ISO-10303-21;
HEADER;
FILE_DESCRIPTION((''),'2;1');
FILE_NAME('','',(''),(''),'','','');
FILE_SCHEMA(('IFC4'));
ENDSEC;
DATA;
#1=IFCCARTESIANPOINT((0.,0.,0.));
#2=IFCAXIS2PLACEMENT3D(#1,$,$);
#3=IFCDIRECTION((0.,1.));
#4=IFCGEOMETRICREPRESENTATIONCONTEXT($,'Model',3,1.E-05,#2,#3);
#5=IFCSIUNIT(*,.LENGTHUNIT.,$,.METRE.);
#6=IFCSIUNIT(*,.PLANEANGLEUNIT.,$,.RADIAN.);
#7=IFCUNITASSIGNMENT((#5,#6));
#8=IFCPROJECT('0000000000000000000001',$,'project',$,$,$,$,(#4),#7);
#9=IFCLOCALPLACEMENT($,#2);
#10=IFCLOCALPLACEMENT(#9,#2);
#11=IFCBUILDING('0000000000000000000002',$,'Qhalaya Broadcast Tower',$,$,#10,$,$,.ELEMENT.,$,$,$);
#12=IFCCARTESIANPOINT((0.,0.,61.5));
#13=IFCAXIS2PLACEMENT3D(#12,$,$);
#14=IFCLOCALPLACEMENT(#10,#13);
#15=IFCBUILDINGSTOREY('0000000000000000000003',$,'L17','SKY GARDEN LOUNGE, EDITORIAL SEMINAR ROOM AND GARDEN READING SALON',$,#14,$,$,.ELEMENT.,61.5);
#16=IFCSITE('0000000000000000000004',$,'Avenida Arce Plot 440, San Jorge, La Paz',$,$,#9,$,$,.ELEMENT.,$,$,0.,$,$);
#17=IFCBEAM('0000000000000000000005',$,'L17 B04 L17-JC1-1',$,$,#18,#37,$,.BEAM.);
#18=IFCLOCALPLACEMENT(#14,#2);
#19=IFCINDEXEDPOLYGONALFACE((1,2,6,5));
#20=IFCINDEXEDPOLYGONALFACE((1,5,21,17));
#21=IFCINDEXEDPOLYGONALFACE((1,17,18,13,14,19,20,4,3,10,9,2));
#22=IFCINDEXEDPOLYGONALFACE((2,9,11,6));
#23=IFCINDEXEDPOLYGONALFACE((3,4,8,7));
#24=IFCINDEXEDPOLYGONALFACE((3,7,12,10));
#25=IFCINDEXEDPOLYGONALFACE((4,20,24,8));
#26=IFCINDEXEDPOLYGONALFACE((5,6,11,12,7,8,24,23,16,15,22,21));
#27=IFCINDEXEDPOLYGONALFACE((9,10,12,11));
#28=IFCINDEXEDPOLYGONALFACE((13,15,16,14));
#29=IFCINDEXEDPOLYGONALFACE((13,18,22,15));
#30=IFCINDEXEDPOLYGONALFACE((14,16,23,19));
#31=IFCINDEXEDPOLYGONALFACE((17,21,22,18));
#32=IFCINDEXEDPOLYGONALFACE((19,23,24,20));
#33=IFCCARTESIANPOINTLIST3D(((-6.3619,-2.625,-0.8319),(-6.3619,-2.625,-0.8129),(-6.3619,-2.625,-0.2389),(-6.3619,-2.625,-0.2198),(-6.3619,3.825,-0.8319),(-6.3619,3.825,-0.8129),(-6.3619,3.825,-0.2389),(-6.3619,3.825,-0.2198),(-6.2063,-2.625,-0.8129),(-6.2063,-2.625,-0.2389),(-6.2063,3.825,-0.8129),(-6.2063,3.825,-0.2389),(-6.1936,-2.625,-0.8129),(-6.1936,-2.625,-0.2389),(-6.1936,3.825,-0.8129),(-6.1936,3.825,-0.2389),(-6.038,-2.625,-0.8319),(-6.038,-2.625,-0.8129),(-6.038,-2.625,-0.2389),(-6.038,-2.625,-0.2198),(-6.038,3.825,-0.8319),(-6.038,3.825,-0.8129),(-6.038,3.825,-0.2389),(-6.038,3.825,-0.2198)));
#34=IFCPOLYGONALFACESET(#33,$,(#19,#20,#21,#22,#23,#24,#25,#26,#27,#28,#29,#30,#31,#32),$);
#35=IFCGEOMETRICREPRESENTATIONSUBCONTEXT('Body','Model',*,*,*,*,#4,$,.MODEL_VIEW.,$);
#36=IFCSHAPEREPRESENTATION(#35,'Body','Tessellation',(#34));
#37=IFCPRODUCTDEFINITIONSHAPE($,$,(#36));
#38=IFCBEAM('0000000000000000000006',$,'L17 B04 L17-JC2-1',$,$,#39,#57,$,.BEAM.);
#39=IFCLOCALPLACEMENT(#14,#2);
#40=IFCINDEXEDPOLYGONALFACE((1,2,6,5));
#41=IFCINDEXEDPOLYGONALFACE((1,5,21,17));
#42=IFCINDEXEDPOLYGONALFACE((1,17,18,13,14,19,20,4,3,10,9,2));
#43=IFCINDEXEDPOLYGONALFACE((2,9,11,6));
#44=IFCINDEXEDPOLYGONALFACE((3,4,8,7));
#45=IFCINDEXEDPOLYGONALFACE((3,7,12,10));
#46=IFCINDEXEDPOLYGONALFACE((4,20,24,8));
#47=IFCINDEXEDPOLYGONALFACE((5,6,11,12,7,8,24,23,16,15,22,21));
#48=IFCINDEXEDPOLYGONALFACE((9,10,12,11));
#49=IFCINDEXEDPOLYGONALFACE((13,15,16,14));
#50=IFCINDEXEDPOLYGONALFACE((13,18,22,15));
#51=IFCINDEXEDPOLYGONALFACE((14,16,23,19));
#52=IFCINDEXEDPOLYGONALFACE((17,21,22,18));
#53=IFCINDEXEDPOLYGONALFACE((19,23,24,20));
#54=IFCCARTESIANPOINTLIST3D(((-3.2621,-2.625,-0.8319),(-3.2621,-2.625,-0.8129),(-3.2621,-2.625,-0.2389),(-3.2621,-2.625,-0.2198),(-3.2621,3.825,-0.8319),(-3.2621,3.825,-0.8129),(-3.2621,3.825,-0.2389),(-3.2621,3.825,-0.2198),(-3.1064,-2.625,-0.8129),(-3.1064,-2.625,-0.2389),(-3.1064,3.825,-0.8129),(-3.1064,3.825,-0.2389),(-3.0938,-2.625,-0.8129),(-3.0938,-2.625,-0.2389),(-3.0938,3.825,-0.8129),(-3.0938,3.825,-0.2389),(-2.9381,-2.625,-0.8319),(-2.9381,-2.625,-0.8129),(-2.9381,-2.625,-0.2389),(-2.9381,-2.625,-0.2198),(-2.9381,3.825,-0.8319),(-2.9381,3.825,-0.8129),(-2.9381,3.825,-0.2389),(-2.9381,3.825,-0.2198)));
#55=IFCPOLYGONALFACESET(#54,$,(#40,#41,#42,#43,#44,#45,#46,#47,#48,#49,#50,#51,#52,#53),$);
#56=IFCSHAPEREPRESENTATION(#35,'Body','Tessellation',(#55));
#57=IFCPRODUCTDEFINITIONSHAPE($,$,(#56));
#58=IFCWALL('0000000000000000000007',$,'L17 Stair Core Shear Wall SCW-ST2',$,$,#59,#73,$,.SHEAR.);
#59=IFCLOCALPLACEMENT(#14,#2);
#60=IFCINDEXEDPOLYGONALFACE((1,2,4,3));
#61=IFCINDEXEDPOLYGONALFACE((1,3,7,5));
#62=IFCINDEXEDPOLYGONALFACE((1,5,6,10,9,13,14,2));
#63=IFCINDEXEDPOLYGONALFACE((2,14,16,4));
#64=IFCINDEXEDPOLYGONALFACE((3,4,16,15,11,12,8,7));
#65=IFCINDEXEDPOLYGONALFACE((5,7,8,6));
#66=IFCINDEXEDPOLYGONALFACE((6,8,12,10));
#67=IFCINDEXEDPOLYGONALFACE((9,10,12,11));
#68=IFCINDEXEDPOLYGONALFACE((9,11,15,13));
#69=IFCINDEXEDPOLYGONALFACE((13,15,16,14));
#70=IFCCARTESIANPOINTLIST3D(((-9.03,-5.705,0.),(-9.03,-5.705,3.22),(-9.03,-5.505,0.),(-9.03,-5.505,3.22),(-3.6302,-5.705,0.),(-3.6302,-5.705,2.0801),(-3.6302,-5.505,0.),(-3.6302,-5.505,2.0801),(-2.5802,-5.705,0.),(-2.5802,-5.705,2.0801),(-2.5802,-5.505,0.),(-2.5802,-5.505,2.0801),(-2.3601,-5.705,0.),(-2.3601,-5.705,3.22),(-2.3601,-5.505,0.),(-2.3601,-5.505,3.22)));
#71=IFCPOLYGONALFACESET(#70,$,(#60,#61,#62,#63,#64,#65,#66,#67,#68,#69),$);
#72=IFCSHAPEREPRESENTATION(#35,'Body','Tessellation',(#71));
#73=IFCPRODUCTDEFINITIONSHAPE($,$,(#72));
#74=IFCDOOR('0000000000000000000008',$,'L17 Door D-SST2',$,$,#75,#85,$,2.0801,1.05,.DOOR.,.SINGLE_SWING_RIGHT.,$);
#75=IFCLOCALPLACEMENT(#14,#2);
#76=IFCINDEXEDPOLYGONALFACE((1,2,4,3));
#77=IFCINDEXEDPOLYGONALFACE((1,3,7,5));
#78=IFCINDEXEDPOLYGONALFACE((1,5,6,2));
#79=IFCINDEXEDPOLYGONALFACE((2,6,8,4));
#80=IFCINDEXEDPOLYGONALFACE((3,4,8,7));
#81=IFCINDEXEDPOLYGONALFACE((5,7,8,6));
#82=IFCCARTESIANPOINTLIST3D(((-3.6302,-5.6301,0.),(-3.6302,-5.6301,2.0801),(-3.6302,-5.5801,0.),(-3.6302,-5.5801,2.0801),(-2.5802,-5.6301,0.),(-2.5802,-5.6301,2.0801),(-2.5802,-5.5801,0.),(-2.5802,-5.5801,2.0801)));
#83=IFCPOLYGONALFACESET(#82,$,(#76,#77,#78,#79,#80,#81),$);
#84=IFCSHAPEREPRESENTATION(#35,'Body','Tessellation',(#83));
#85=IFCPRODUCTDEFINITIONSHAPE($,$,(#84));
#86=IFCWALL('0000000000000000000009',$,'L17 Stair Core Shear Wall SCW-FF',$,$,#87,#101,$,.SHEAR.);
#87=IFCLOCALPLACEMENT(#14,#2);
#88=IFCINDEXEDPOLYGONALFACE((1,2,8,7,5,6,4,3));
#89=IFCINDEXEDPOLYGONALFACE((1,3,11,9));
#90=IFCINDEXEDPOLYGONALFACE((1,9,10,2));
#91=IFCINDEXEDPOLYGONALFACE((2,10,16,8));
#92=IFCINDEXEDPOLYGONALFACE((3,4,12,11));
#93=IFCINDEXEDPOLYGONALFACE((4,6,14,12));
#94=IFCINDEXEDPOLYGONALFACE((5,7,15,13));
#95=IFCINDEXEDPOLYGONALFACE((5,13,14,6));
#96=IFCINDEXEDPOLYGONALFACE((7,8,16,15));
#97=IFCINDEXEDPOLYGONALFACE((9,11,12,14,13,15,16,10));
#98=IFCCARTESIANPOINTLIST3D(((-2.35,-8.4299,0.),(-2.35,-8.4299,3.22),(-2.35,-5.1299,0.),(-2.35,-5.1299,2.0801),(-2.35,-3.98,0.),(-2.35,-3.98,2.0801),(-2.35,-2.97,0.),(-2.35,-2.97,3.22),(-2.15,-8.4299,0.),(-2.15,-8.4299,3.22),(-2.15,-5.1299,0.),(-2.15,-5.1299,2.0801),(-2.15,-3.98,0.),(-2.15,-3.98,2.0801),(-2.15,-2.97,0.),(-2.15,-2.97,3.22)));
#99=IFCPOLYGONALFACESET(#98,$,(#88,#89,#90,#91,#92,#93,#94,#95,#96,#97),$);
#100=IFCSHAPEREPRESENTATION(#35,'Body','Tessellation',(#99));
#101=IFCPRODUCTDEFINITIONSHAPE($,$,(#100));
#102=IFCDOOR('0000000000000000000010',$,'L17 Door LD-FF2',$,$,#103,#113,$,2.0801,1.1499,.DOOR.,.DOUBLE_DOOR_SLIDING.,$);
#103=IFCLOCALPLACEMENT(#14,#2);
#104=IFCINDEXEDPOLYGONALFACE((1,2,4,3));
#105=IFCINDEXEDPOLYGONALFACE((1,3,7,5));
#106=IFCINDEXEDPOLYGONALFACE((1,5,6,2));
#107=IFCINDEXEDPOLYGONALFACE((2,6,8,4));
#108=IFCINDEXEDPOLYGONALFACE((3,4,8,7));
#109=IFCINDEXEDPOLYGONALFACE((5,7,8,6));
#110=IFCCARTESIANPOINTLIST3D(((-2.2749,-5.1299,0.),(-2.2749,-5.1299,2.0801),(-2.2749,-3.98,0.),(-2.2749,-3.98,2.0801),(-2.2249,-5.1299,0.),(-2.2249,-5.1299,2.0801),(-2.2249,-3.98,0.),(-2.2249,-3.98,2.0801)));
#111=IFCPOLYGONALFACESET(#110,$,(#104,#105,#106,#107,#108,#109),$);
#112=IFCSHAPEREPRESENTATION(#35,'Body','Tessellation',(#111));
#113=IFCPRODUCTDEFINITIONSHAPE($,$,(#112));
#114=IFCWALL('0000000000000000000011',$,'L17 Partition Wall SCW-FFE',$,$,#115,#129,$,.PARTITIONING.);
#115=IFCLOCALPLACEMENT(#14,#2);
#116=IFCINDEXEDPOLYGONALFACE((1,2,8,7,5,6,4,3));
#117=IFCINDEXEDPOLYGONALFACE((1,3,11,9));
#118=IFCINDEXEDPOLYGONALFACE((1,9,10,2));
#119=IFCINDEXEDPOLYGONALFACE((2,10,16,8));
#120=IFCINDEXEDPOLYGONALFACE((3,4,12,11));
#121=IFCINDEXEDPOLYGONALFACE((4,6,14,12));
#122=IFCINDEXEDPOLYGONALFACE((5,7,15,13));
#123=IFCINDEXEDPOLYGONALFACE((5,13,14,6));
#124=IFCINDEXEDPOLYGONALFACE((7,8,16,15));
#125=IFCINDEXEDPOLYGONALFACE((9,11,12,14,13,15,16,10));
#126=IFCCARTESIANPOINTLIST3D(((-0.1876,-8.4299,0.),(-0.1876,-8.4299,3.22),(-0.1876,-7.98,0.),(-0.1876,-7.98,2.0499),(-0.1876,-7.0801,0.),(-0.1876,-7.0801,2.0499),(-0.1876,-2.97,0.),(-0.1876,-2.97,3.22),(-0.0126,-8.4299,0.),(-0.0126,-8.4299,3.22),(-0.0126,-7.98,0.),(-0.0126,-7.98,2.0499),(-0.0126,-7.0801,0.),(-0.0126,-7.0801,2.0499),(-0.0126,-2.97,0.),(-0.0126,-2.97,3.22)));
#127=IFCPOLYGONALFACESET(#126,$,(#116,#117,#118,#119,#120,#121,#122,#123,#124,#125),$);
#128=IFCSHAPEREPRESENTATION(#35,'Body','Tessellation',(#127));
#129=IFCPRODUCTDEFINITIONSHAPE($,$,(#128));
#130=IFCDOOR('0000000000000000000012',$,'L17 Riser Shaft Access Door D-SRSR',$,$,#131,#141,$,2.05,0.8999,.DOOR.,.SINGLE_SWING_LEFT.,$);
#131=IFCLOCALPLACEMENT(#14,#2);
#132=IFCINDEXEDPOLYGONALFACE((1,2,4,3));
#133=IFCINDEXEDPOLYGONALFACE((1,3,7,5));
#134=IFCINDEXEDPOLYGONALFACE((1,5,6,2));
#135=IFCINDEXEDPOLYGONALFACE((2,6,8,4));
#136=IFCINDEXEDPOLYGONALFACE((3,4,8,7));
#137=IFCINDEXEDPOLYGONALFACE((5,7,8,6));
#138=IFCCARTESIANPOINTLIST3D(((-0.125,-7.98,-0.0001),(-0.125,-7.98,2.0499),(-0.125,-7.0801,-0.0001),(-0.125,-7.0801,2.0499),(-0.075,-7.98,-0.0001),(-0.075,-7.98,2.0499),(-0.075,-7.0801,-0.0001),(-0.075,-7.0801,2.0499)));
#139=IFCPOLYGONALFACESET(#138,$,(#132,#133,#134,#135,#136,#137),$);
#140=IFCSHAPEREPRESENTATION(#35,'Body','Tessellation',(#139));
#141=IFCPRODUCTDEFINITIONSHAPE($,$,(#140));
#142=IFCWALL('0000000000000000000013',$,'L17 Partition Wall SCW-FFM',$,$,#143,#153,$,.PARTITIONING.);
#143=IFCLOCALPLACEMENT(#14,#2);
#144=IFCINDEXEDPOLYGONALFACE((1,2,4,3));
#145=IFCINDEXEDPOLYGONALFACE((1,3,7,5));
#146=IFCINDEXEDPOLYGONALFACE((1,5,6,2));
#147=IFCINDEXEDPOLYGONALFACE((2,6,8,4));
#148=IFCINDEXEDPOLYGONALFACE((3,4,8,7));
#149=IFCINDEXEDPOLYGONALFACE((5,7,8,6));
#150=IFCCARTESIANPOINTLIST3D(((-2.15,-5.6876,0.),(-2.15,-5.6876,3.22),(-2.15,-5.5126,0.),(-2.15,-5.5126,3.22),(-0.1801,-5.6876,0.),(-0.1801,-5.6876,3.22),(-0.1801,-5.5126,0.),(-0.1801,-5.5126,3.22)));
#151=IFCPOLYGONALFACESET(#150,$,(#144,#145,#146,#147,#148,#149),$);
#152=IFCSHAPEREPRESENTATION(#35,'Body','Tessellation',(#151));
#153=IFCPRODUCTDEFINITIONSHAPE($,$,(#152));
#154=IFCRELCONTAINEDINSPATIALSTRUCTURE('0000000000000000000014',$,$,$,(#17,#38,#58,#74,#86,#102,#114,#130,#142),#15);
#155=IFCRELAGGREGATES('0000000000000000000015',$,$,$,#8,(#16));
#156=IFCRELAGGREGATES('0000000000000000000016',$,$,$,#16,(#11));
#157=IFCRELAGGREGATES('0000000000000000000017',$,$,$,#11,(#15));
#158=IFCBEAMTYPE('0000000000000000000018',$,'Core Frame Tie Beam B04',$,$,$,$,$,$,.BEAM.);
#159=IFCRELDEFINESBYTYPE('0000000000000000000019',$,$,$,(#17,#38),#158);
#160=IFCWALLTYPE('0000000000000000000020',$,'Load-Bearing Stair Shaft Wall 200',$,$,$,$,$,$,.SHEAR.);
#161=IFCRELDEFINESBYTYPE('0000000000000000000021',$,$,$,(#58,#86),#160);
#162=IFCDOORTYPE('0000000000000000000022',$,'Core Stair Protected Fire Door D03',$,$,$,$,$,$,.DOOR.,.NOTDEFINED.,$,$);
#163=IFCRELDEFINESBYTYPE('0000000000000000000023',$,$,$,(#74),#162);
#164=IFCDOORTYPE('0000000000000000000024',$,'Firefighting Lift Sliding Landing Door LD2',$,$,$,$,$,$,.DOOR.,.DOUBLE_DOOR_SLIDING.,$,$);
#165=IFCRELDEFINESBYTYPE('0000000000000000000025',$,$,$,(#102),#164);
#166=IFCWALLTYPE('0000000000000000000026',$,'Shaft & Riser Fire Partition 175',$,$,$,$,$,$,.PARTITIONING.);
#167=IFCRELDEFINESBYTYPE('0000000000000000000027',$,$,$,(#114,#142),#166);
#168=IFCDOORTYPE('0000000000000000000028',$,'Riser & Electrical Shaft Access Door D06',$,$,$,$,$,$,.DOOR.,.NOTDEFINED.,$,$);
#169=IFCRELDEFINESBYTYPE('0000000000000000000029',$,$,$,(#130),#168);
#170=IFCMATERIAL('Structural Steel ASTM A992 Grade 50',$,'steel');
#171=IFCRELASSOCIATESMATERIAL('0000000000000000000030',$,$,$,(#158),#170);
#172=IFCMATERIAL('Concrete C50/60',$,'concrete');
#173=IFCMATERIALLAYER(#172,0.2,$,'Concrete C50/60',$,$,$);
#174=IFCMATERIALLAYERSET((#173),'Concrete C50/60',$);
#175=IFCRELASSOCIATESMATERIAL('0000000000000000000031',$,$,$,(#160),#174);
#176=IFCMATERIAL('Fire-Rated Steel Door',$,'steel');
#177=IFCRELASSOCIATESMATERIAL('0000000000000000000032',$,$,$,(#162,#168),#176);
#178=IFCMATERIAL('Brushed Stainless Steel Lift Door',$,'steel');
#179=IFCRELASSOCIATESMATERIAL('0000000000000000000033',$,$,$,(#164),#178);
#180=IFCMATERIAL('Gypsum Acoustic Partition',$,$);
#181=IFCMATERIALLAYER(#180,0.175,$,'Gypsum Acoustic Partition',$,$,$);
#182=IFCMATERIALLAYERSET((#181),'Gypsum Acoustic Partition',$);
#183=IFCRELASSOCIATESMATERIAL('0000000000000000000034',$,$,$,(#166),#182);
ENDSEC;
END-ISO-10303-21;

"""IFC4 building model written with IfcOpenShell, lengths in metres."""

from ifc_helpers import new_model, si_unit, direction, frame, frame_2d, origin, origin_2d, place, context, subcontext, project, spatial, rectangle, i_section, extrude, material, layer, layer_set, material_profile, profile_set, type_object, element, fill, save


model = new_model("IFC4")

# Units and contexts
model_context = context("Model", 3, precision=1e-05, world=origin(), true_north=direction((0.0, 1.0)))
body_context = subcontext(model_context, "Body", "Model", "MODEL_VIEW")
ifc_project = project(units=[si_unit("LENGTHUNIT", "METRE"), si_unit("PLANEANGLEUNIT", "RADIAN")], contexts=[model_context])

# Site, building, storey
site_placement = place(None, origin())
site = spatial("IfcSite", under=ifc_project, at=site_placement, Name="Avenida Arce Plot 440, San Jorge, La Paz", CompositionType="ELEMENT", RefElevation=0.0)
building_placement = place(site_placement, origin())
building = spatial("IfcBuilding", under=site, at=building_placement, Name="Qhalaya Broadcast Tower", CompositionType="ELEMENT")
storey_placement = place(building_placement, frame((0.0, 0.0, 61.5)))
storey = spatial("IfcBuildingStorey", under=building, at=storey_placement, Name="L17", Description="SKY GARDEN LOUNGE, EDITORIAL SEMINAR ROOM AND GARDEN READING SALON", CompositionType="ELEMENT", Elevation=61.5)

# Beams
ifc_material_1 = material(Name="Structural Steel ASTM A992 Grade 50", Category="steel")
ifc_material_profile = material_profile(ifc_material_1, i_section(OverallWidth=0.324, OverallDepth=0.6121, WebThickness=0.0127, FlangeThickness=0.019, at=origin_2d()), Name="W24X104")
ifc_profile_set = profile_set([ifc_material_profile], Name="Structural Steel ASTM A992 Grade 50")
beam_type = type_object("IfcBeamType", Name="Core Frame Tie Beam B04", PredefinedType="BEAM", material=ifc_profile_set)
for number, where, z_axis, x_axis, name in (
    (1, (-6.2, -2.625, -0.5259), (0.0, 1.0, 0.0), (-1.0, 0.0, 0.0), "L17 B04 L17-JC1-1"),
    (2, (-3.1001, -2.625, -0.5259), (0.0, 1.0, 0.0), (-1.0, 0.0, 0.0), "L17 B04 L17-JC2-1"),
):
    element("IfcBeam", number, at=place(storey_placement, frame(where, z_axis=z_axis, x_axis=x_axis)), inside=storey, type_object=beam_type, Name=name, PredefinedType="BEAM", context=body_context, shape_type="SweptSolid", body=[
        extrude(i_section(OverallWidth=0.324, OverallDepth=0.6121, WebThickness=0.0127, FlangeThickness=0.019, at=origin_2d()), origin(), (0.0, 0.0, 1.0), 6.45),
    ])

# Walls, openings, doors
ifc_material_2 = material(Name="Concrete C50/60", Category="concrete")
ifc_layer_1 = layer(ifc_material_2, 0.2, Name="Concrete C50/60")
ifc_layer_set_1 = layer_set([ifc_layer_1], Name="Concrete C50/60")
wall_type_1 = type_object("IfcWallType", Name="Load-Bearing Stair Shaft Wall 200", PredefinedType="SHEAR", material=ifc_layer_set_1)
wall_1_placement = place(storey_placement, frame((-9.03, -5.605, 0.0), z_axis=(0.0, 0.0, 1.0), x_axis=(1.0, 0.0, 0.0)))
wall_1 = element("IfcWall", 3, at=wall_1_placement, inside=storey, type_object=wall_type_1, Name="L17 Stair Core Shear Wall SCW-ST2", PredefinedType="SHEAR", context=body_context, shape_type="SweptSolid", body=[
    extrude(rectangle(XDim=6.6699, YDim=0.2, at=frame_2d((3.335, 0.0))), origin(), (0.0, 0.0, 1.0), 3.22),
])
opening_1_placement = place(wall_1_placement, frame((5.3999, 0.0, 0.0)))
opening_1 = element("IfcOpeningElement", 4, at=opening_1_placement, cuts=wall_1, PredefinedType="OPENING", context=body_context, shape_type="SweptSolid", body=[
    extrude(rectangle(XDim=1.05, YDim=2.0801, at=frame_2d((0.5249, 1.04))), frame((0.0, 0.1121, 0.0), z_axis=(0.0, -1.0, 0.0), x_axis=(1.0, 0.0, 0.0)), (0.0, 0.0, 1.0), 0.2239),
])
ifc_material_3 = material(Name="Fire-Rated Steel Door", Category="steel")
door_type_1 = type_object("IfcDoorType", Name="Core Stair Protected Fire Door D03", OperationType="NOTDEFINED", PredefinedType="DOOR", material=ifc_material_3)
door_1_placement = place(opening_1_placement, origin())
door_1 = element("IfcDoor", 5, at=door_1_placement, inside=storey, type_object=door_type_1, Name="L17 Door D-SST2", OperationType="SINGLE_SWING_RIGHT", OverallHeight=2.0801, OverallWidth=1.05, PredefinedType="DOOR", context=body_context, shape_type="SweptSolid", body=[
    extrude(rectangle(XDim=1.05, YDim=2.0801, at=frame_2d((0.5249, 1.04))), frame((0.0, 0.0249, 0.0), z_axis=(0.0, -1.0, 0.0), x_axis=(1.0, 0.0, 0.0)), (0.0, 0.0, 1.0), 0.05),
])
fill(opening_1, door_1)
wall_2_placement = place(storey_placement, frame((-2.25, -8.4299, 0.0), z_axis=(0.0, 0.0, 1.0), x_axis=(0.0, 1.0, 0.0)))
wall_2 = element("IfcWall", 6, at=wall_2_placement, inside=storey, type_object=wall_type_1, Name="L17 Stair Core Shear Wall SCW-FF", PredefinedType="SHEAR", context=body_context, shape_type="SweptSolid", body=[
    extrude(rectangle(XDim=5.46, YDim=0.2, at=frame_2d((2.73, 0.0))), origin(), (0.0, 0.0, 1.0), 3.22),
])
opening_2_placement = place(wall_2_placement, frame((3.3, 0.0, 0.0)))
opening_2 = element("IfcOpeningElement", 7, at=opening_2_placement, cuts=wall_2, PredefinedType="OPENING", context=body_context, shape_type="SweptSolid", body=[
    extrude(rectangle(XDim=1.1499, YDim=2.0801, at=frame_2d((0.575, 1.04))), frame((0.0, 0.1121, 0.0), z_axis=(0.0, -1.0, 0.0), x_axis=(1.0, 0.0, 0.0)), (0.0, 0.0, 1.0), 0.2239),
])
ifc_material_4 = material(Name="Brushed Stainless Steel Lift Door", Category="steel")
door_type_2 = type_object("IfcDoorType", Name="Firefighting Lift Sliding Landing Door LD2", OperationType="DOUBLE_DOOR_SLIDING", PredefinedType="DOOR", material=ifc_material_4)
door_2_placement = place(opening_2_placement, origin())
door_2 = element("IfcDoor", 8, at=door_2_placement, inside=storey, type_object=door_type_2, Name="L17 Door LD-FF2", OperationType="DOUBLE_DOOR_SLIDING", OverallHeight=2.0801, OverallWidth=1.1499, PredefinedType="DOOR", context=body_context, shape_type="SweptSolid", body=[
    extrude(rectangle(XDim=1.1499, YDim=2.0801, at=frame_2d((0.575, 1.04))), frame((0.0, 0.0249, 0.0), z_axis=(0.0, -1.0, 0.0), x_axis=(1.0, 0.0, 0.0)), (0.0, 0.0, 1.0), 0.05),
])
fill(opening_2, door_2)
ifc_material_5 = material(Name="Gypsum Acoustic Partition")
ifc_layer_2 = layer(ifc_material_5, 0.175, Name="Gypsum Acoustic Partition")
ifc_layer_set_2 = layer_set([ifc_layer_2], Name="Gypsum Acoustic Partition")
wall_type_2 = type_object("IfcWallType", Name="Shaft & Riser Fire Partition 175", PredefinedType="PARTITIONING", material=ifc_layer_set_2)
wall_3_placement = place(storey_placement, frame((-0.1001, -8.4299, 0.0), z_axis=(0.0, 0.0, 1.0), x_axis=(0.0, 1.0, 0.0)))
wall_3 = element("IfcWall", 9, at=wall_3_placement, inside=storey, type_object=wall_type_2, Name="L17 Partition Wall SCW-FFE", PredefinedType="PARTITIONING", context=body_context, shape_type="SweptSolid", body=[
    extrude(rectangle(XDim=5.46, YDim=0.175, at=frame_2d((2.73, 0.0))), origin(), (0.0, 0.0, 1.0), 3.22),
])
opening_3_placement = place(wall_3_placement, frame((0.45, 0.0, 0.0)))
opening_3 = element("IfcOpeningElement", 10, at=opening_3_placement, cuts=wall_3, PredefinedType="OPENING", context=body_context, shape_type="SweptSolid", body=[
    extrude(rectangle(XDim=0.8999, YDim=2.05, at=frame_2d((0.45, 1.0249))), frame((0.0, 0.0996, 0.0), z_axis=(0.0, -1.0, 0.0), x_axis=(1.0, 0.0, 0.0)), (0.0, 0.0, 1.0), 0.199),
])
door_type_3 = type_object("IfcDoorType", Name="Riser & Electrical Shaft Access Door D06", OperationType="NOTDEFINED", PredefinedType="DOOR", material=ifc_material_3)
door_3_placement = place(opening_3_placement, origin())
door_3 = element("IfcDoor", 11, at=door_3_placement, inside=storey, type_object=door_type_3, Name="L17 Riser Shaft Access Door D-SRSR", OperationType="SINGLE_SWING_LEFT", OverallHeight=2.05, OverallWidth=0.8999, PredefinedType="DOOR", context=body_context, shape_type="SweptSolid", body=[
    extrude(rectangle(XDim=0.8999, YDim=2.05, at=frame_2d((0.45, 1.0249))), frame((0.0, 0.0249, 0.0), z_axis=(0.0, -1.0, 0.0), x_axis=(1.0, 0.0, 0.0)), (0.0, 0.0, 1.0), 0.05),
])
fill(opening_3, door_3)

# Wall
wall_4_placement = place(storey_placement, frame((-2.1499, -5.6001, 0.0), z_axis=(0.0, 0.0, 1.0), x_axis=(1.0, 0.0, 0.0)))
element("IfcWall", 12, at=wall_4_placement, inside=storey, type_object=wall_type_2, Name="L17 Partition Wall SCW-FFM", PredefinedType="PARTITIONING", context=body_context, shape_type="SweptSolid", body=[
    extrude(rectangle(XDim=1.97, YDim=0.175, at=frame_2d((0.9849, 0.0))), origin(), (0.0, 0.0, 1.0), 3.22),
])

save(model, "model.ifc")
